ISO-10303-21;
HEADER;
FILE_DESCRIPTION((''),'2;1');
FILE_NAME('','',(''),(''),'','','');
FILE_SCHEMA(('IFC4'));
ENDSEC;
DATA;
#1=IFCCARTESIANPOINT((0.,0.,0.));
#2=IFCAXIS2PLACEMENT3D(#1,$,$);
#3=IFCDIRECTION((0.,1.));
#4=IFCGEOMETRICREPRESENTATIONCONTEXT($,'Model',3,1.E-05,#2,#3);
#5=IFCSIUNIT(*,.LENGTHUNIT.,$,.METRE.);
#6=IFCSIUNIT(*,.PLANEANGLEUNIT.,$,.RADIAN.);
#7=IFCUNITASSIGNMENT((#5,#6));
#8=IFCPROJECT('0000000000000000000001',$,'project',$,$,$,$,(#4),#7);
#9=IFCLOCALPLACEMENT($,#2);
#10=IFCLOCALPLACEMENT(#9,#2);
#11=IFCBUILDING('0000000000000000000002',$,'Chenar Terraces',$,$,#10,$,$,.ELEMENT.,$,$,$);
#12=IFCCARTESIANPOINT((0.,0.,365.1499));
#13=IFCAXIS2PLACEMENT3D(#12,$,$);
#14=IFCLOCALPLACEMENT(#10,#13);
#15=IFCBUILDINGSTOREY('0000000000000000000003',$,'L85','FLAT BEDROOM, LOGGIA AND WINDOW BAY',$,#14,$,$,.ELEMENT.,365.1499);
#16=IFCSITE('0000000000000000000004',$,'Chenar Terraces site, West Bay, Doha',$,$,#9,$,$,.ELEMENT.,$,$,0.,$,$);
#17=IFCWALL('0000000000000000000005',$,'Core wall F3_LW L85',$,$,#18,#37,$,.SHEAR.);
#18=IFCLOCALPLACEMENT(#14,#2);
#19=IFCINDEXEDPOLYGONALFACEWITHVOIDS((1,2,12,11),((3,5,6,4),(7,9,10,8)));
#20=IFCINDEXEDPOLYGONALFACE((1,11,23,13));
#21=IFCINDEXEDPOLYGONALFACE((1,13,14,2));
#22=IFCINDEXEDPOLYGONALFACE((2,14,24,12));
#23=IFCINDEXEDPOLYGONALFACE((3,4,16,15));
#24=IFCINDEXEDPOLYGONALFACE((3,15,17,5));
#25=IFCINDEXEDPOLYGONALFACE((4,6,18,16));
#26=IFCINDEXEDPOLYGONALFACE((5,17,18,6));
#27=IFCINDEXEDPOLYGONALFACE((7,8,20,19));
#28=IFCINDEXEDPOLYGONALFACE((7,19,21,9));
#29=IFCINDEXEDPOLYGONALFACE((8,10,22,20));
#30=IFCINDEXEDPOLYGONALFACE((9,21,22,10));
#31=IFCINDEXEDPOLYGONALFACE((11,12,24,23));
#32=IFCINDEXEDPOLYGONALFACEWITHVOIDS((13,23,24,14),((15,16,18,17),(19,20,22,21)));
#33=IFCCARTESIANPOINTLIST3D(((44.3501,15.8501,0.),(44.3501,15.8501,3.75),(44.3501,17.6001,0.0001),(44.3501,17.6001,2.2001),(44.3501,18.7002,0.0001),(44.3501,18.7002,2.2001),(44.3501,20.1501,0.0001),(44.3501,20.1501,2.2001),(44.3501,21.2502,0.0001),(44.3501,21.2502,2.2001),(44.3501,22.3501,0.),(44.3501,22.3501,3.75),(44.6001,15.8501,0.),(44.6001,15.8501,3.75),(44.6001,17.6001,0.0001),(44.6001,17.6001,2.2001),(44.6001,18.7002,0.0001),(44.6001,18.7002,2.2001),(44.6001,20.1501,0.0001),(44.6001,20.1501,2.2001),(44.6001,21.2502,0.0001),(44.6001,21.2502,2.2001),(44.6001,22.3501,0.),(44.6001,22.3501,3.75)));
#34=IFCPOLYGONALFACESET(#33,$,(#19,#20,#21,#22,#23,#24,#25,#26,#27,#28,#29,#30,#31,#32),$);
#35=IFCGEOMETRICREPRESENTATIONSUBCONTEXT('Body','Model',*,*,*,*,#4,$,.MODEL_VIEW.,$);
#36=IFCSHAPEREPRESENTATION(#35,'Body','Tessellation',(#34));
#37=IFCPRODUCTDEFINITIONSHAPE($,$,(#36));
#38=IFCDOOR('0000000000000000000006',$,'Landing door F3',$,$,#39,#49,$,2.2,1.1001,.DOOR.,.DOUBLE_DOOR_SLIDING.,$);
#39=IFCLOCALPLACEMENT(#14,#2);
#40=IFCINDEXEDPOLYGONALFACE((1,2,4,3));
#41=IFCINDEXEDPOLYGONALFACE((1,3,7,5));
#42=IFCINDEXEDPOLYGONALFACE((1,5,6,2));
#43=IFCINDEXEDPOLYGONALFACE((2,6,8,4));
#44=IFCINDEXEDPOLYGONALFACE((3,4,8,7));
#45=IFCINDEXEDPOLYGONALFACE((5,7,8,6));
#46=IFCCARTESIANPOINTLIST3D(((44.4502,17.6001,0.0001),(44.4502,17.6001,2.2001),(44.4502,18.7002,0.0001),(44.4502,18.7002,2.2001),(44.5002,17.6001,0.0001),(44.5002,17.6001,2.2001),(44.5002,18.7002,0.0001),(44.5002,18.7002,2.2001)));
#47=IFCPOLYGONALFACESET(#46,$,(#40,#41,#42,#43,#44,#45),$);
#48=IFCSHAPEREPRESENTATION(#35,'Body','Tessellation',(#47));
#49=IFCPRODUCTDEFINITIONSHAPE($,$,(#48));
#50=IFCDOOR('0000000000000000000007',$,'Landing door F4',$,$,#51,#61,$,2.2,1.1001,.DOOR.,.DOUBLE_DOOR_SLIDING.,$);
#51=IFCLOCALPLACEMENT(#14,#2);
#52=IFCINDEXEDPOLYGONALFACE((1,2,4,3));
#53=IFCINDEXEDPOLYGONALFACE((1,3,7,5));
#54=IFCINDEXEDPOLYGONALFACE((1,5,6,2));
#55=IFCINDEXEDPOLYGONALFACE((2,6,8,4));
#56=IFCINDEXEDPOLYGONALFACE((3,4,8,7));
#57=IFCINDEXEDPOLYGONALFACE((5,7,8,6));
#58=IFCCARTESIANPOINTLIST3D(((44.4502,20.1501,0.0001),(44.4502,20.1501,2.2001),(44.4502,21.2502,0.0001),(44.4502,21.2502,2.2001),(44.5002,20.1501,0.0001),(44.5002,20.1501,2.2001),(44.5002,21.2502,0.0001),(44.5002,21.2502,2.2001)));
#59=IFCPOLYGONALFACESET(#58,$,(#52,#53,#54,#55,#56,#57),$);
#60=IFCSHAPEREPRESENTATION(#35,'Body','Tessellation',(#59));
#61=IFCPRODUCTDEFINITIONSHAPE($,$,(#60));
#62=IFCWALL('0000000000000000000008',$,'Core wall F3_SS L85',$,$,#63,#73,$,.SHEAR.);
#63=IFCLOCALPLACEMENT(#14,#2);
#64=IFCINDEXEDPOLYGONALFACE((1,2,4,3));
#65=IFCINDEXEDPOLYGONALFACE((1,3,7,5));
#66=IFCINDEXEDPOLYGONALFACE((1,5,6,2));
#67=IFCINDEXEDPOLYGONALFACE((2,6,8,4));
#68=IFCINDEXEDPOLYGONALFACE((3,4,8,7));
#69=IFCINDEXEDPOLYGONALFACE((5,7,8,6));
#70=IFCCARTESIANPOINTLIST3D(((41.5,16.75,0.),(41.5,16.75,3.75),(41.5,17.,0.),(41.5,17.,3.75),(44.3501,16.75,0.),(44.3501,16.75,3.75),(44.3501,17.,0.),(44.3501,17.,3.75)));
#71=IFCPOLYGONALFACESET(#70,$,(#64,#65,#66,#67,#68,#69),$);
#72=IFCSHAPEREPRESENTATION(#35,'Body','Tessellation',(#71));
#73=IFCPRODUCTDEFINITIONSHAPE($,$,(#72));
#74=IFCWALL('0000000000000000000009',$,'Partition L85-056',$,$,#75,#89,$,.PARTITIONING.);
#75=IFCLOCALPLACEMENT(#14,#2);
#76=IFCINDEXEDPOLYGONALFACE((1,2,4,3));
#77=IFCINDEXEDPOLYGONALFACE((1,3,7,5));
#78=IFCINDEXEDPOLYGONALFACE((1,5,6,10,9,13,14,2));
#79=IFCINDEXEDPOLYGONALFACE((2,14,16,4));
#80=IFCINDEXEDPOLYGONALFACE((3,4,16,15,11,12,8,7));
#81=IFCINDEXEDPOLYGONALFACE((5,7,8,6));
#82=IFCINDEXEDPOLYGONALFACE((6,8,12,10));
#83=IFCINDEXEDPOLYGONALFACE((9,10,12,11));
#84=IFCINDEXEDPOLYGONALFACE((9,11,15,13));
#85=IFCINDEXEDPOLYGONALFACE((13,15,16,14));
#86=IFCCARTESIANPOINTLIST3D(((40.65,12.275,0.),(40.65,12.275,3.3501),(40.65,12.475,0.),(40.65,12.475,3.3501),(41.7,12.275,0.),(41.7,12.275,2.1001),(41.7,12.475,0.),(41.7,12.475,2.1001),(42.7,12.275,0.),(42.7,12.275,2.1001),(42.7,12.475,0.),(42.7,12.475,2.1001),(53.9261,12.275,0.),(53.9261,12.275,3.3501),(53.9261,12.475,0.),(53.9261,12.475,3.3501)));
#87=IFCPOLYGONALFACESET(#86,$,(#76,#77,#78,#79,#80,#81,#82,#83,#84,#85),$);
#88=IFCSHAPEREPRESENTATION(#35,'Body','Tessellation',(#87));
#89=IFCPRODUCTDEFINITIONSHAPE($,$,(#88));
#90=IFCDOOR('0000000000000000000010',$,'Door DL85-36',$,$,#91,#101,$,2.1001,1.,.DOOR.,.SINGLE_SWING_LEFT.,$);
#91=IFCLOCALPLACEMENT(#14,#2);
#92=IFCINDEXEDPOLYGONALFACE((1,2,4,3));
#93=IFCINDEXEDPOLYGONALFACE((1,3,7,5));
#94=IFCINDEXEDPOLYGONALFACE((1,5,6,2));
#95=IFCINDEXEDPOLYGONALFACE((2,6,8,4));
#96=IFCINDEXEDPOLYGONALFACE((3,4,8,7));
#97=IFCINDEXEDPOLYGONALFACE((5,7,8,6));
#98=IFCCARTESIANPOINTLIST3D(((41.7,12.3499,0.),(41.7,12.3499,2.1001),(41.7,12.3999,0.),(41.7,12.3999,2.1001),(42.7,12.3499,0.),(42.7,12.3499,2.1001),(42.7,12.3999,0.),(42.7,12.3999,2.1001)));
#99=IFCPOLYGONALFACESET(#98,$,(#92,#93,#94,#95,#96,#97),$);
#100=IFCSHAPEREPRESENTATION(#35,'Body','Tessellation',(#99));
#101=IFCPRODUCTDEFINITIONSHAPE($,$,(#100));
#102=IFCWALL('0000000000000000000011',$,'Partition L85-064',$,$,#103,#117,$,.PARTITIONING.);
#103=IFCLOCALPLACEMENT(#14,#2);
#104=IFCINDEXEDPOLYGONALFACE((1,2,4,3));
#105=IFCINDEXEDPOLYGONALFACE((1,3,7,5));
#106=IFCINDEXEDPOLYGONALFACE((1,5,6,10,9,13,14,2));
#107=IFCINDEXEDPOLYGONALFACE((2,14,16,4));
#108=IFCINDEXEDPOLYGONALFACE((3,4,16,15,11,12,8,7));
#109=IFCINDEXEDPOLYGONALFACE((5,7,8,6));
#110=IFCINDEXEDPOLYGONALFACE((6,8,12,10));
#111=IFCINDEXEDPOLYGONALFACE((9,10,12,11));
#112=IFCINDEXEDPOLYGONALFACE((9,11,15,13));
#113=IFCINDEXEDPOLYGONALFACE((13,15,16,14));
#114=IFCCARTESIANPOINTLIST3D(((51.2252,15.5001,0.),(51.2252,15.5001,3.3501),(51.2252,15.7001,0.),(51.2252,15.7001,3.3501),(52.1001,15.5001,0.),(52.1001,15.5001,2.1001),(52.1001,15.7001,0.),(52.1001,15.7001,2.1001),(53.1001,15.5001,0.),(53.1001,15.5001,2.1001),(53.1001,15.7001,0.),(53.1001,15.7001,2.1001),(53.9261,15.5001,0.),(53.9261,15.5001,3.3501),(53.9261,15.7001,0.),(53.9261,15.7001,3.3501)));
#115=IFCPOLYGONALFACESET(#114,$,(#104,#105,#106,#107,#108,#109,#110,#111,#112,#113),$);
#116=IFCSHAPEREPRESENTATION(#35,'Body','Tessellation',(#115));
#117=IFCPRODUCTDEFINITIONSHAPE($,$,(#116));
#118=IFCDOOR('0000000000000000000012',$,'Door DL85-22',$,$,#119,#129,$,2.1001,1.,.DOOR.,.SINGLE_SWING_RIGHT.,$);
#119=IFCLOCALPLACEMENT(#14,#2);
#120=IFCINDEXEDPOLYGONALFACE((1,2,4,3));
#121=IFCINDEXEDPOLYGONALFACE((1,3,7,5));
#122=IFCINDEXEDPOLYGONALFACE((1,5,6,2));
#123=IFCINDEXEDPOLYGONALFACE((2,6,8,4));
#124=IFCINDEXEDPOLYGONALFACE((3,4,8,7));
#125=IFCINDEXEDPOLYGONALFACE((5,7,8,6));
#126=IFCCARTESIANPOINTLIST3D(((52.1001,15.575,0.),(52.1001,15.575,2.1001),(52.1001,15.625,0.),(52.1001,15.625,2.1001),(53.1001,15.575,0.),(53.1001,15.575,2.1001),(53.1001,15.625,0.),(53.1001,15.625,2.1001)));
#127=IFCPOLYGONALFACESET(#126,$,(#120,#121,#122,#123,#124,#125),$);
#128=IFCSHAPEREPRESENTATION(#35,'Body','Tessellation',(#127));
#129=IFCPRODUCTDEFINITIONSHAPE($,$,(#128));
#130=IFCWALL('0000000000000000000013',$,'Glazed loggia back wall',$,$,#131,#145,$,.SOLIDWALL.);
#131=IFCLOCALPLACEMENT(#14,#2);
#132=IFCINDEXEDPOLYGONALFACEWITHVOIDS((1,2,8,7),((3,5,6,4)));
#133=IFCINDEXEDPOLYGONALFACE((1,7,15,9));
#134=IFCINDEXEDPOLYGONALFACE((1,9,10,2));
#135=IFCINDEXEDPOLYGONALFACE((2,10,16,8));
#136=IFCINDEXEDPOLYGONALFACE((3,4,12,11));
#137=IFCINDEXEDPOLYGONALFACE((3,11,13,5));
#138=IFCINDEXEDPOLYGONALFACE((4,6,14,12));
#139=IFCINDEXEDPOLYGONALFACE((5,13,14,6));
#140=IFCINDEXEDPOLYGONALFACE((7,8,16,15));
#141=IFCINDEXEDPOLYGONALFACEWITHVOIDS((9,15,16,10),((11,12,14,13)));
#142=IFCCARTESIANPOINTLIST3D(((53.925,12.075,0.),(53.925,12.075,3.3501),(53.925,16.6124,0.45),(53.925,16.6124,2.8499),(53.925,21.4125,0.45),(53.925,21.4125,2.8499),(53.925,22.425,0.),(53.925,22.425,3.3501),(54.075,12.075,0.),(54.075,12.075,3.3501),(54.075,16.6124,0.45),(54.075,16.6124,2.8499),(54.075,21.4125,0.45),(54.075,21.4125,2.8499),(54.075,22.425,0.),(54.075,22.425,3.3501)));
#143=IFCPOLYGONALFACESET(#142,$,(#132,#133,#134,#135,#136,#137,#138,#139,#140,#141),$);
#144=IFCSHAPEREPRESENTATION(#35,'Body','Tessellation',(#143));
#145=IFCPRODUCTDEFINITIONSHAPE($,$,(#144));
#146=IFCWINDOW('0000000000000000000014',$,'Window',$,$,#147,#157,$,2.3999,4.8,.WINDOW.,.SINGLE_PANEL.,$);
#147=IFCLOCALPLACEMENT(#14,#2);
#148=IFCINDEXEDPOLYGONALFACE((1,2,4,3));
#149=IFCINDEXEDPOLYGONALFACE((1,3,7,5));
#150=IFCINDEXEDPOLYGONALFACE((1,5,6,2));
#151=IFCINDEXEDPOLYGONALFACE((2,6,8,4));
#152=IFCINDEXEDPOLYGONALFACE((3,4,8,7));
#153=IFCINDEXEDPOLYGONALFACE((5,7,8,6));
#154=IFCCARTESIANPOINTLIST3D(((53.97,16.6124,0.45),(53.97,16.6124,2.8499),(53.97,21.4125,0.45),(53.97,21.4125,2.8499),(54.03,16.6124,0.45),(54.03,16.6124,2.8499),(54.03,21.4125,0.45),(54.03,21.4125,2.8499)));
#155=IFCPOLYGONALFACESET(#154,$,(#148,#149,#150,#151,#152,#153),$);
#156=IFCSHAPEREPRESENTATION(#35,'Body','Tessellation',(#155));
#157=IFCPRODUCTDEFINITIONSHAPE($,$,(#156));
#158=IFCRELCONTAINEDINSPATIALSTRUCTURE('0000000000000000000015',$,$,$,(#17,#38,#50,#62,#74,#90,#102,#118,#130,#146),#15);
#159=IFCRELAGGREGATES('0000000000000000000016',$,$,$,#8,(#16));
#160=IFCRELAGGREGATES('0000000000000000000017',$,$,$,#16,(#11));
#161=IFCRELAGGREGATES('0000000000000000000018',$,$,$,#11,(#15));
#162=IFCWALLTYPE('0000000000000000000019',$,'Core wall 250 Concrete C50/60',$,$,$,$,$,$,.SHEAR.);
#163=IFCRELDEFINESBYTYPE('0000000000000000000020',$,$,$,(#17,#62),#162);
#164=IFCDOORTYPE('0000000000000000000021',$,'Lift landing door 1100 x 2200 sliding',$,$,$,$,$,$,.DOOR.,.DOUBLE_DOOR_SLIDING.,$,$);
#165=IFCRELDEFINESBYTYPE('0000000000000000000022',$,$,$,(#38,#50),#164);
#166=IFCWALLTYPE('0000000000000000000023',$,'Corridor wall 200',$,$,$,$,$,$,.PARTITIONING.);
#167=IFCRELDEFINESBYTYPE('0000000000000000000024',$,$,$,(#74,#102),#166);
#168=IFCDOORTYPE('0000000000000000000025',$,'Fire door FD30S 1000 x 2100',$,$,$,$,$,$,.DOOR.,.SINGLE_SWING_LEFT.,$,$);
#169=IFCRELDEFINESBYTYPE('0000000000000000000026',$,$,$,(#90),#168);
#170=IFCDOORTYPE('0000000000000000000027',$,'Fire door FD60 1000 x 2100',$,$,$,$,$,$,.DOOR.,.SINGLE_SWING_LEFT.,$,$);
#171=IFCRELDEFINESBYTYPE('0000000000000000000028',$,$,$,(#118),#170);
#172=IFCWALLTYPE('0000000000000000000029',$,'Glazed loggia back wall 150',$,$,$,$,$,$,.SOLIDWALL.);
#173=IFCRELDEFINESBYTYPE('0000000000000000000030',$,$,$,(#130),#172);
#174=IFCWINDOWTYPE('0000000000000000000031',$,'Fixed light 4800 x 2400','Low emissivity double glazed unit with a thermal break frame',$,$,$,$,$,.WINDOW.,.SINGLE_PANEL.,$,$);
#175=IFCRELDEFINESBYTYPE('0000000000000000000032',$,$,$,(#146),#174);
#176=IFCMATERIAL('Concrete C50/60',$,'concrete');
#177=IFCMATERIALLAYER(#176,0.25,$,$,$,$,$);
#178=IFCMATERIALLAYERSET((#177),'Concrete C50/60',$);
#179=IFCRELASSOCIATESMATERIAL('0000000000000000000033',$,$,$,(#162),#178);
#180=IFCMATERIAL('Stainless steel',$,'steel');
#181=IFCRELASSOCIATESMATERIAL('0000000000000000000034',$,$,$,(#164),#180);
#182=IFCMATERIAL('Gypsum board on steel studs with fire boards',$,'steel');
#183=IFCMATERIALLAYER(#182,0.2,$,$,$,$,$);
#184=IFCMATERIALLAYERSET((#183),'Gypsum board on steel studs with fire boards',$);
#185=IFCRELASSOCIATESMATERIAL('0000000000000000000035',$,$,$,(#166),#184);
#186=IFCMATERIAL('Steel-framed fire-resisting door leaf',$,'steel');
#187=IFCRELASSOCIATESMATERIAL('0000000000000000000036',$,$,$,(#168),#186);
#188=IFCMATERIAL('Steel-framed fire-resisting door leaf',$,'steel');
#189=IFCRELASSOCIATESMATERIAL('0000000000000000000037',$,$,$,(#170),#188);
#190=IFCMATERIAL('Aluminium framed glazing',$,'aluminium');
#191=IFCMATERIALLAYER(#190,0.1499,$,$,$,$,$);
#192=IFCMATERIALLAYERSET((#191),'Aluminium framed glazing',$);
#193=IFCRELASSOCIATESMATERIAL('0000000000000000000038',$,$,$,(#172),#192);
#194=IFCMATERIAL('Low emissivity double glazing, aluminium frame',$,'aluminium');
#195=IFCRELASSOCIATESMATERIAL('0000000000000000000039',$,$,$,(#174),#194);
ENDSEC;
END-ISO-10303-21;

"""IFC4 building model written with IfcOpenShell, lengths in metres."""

from ifc_helpers import new_model, si_unit, direction, frame, frame_2d, origin, place, context, subcontext, project, spatial, rectangle, extrude, material, layer, layer_set, type_object, element, fill, save


model = new_model("IFC4")

# Units and contexts
model_context = context("Model", 3, precision=1e-05, world=origin(), true_north=direction((0.0, 1.0)))
body_context = subcontext(model_context, "Body", "Model", "MODEL_VIEW")
ifc_project = project(units=[si_unit("LENGTHUNIT", "METRE"), si_unit("PLANEANGLEUNIT", "RADIAN")], contexts=[model_context])

# Site, building, storey
site_placement = place(None, origin())
site = spatial("IfcSite", under=ifc_project, at=site_placement, Name="Chenar Terraces site, West Bay, Doha", CompositionType="ELEMENT", RefElevation=0.0)
building_placement = place(site_placement, origin())
building = spatial("IfcBuilding", under=site, at=building_placement, Name="Chenar Terraces", CompositionType="ELEMENT")
storey_placement = place(building_placement, frame((0.0, 0.0, 365.1499)))
storey = spatial("IfcBuildingStorey", under=building, at=storey_placement, Name="L85", Description="FLAT BEDROOM, LOGGIA AND WINDOW BAY", CompositionType="ELEMENT", Elevation=365.1499)

# Shared definitions
ifc_material_1 = material(Name="Concrete C50/60", Category="concrete")
ifc_layer_1 = layer(ifc_material_1, 0.25)
ifc_layer_set_1 = layer_set([ifc_layer_1], Name="Concrete C50/60")
wall_type_1 = type_object("IfcWallType", Name="Core wall 250 Concrete C50/60", PredefinedType="SHEAR", material=ifc_layer_set_1)

# Wall, openings, doors
wall_1_placement = place(storey_placement, frame((44.4751, 15.8501, 0.0), z_axis=(0.0, 0.0, 1.0), x_axis=(0.0, 1.0, 0.0)))
wall_1 = element("IfcWall", 1, at=wall_1_placement, inside=storey, type_object=wall_type_1, Name="Core wall F3_LW L85", PredefinedType="SHEAR", context=body_context, shape_type="SweptSolid", body=[
    extrude(rectangle(XDim=6.5, YDim=0.25, at=frame_2d((3.25, 0.0))), origin(), (0.0, 0.0, 1.0), 3.75),
])
opening_1_placement = place(wall_1_placement, frame((1.75, 0.0, 0.0)))
opening_1 = element("IfcOpeningElement", 2, at=opening_1_placement, cuts=wall_1, PredefinedType="OPENING", context=body_context, shape_type="SweptSolid", body=[
    extrude(rectangle(XDim=1.1001, YDim=2.2, at=frame_2d((0.55, 1.1001))), frame((0.0, 0.135, 0.0), z_axis=(0.0, -1.0, 0.0), x_axis=(1.0, 0.0, 0.0)), (0.0, 0.0, 1.0), 0.27),
])
opening_2_placement = place(wall_1_placement, frame((4.3, 0.0, 0.0)))
opening_2 = element("IfcOpeningElement", 3, at=opening_2_placement, cuts=wall_1, PredefinedType="OPENING", context=body_context, shape_type="SweptSolid", body=[
    extrude(rectangle(XDim=1.1001, YDim=2.2, at=frame_2d((0.55, 1.1001))), frame((0.0, 0.135, 0.0), z_axis=(0.0, -1.0, 0.0), x_axis=(1.0, 0.0, 0.0)), (0.0, 0.0, 1.0), 0.27),
])
ifc_material_2 = material(Name="Stainless steel", Category="steel")
door_type_1 = type_object("IfcDoorType", Name="Lift landing door 1100 x 2200 sliding", OperationType="DOUBLE_DOOR_SLIDING", PredefinedType="DOOR", material=ifc_material_2)
door_1_placement = place(opening_1_placement, origin())
door_1 = element("IfcDoor", 4, at=door_1_placement, inside=storey, type_object=door_type_1, Name="Landing door F3", OperationType="DOUBLE_DOOR_SLIDING", OverallHeight=2.2, OverallWidth=1.1001, PredefinedType="DOOR", context=body_context, shape_type="SweptSolid", body=[
    extrude(rectangle(XDim=1.1001, YDim=2.2, at=frame_2d((0.55, 1.1001))), frame((0.0, 0.0249, 0.0), z_axis=(0.0, -1.0, 0.0), x_axis=(1.0, 0.0, 0.0)), (0.0, 0.0, 1.0), 0.05),
])
fill(opening_1, door_1)
door_2_placement = place(opening_2_placement, origin())
door_2 = element("IfcDoor", 5, at=door_2_placement, inside=storey, type_object=door_type_1, Name="Landing door F4", OperationType="DOUBLE_DOOR_SLIDING", OverallHeight=2.2, OverallWidth=1.1001, PredefinedType="DOOR", context=body_context, shape_type="SweptSolid", body=[
    extrude(rectangle(XDim=1.1001, YDim=2.2, at=frame_2d((0.55, 1.1001))), frame((0.0, 0.0249, 0.0), z_axis=(0.0, -1.0, 0.0), x_axis=(1.0, 0.0, 0.0)), (0.0, 0.0, 1.0), 0.05),
])
fill(opening_2, door_2)

# Wall
wall_2_placement = place(storey_placement, frame((41.5, 16.875, 0.0), z_axis=(0.0, 0.0, 1.0), x_axis=(1.0, 0.0, 0.0)))
element("IfcWall", 6, at=wall_2_placement, inside=storey, type_object=wall_type_1, Name="Core wall F3_SS L85", PredefinedType="SHEAR", context=body_context, shape_type="SweptSolid", body=[
    extrude(rectangle(XDim=2.8501, YDim=0.25, at=frame_2d((1.425, 0.0))), origin(), (0.0, 0.0, 1.0), 3.75),
])

# Walls, openings, doors
ifc_material_3 = material(Name="Gypsum board on steel studs with fire boards", Category="steel")
ifc_layer_2 = layer(ifc_material_3, 0.2)
ifc_layer_set_2 = layer_set([ifc_layer_2], Name="Gypsum board on steel studs with fire boards")
wall_type_2 = type_object("IfcWallType", Name="Corridor wall 200", PredefinedType="PARTITIONING", material=ifc_layer_set_2)
wall_3_placement = place(storey_placement, frame((40.6499, 12.375, 0.0), z_axis=(0.0, 0.0, 1.0), x_axis=(1.0, 0.0, 0.0)))
wall_3 = element("IfcWall", 7, at=wall_3_placement, inside=storey, type_object=wall_type_2, Name="Partition L85-056", PredefinedType="PARTITIONING", context=body_context, shape_type="SweptSolid", body=[
    extrude(rectangle(XDim=13.2761, YDim=0.2, at=frame_2d((6.6382, 0.0))), origin(), (0.0, 0.0, 1.0), 3.3501),
])
opening_3_placement = place(wall_3_placement, frame((1.05, 0.0, 0.0)))
opening_3 = element("IfcOpeningElement", 8, at=opening_3_placement, cuts=wall_3, PredefinedType="OPENING", context=body_context, shape_type="SweptSolid", body=[
    extrude(rectangle(XDim=1.0, YDim=2.1001, at=frame_2d((0.5, 1.05))), frame((0.0, 0.1099, 0.0), z_axis=(0.0, -1.0, 0.0), x_axis=(1.0, 0.0, 0.0)), (0.0, 0.0, 1.0), 0.22),
])
ifc_material_4 = material(Name="Steel-framed fire-resisting door leaf", Category="steel")
door_type_2 = type_object("IfcDoorType", Name="Fire door FD30S 1000 x 2100", OperationType="SINGLE_SWING_LEFT", PredefinedType="DOOR", material=ifc_material_4)
door_3_placement = place(opening_3_placement, origin())
door_3 = element("IfcDoor", 9, at=door_3_placement, inside=storey, type_object=door_type_2, Name="Door DL85-36", OperationType="SINGLE_SWING_LEFT", OverallHeight=2.1001, OverallWidth=1.0, PredefinedType="DOOR", context=body_context, shape_type="SweptSolid", body=[
    extrude(rectangle(XDim=1.0, YDim=2.1001, at=frame_2d((0.5, 1.05))), frame((0.0, 0.0249, 0.0), z_axis=(0.0, -1.0, 0.0), x_axis=(1.0, 0.0, 0.0)), (0.0, 0.0, 1.0), 0.05),
])
fill(opening_3, door_3)
wall_4_placement = place(storey_placement, frame((51.2251, 15.6001, 0.0), z_axis=(0.0, 0.0, 1.0), x_axis=(1.0, 0.0, 0.0)))
wall_4 = element("IfcWall", 10, at=wall_4_placement, inside=storey, type_object=wall_type_2, Name="Partition L85-064", PredefinedType="PARTITIONING", context=body_context, shape_type="SweptSolid", body=[
    extrude(rectangle(XDim=2.7009, YDim=0.2, at=frame_2d((1.3506, 0.0))), origin(), (0.0, 0.0, 1.0), 3.3501),
])
opening_4_placement = place(wall_4_placement, frame((0.875, 0.0, 0.0)))
opening_4 = element("IfcOpeningElement", 11, at=opening_4_placement, cuts=wall_4, PredefinedType="OPENING", context=body_context, shape_type="SweptSolid", body=[
    extrude(rectangle(XDim=1.0, YDim=2.1001, at=frame_2d((0.5, 1.05))), frame((0.0, 0.1099, 0.0), z_axis=(0.0, -1.0, 0.0), x_axis=(1.0, 0.0, 0.0)), (0.0, 0.0, 1.0), 0.22),
])
ifc_material_5 = material(Name="Steel-framed fire-resisting door leaf", Category="steel")
door_type_3 = type_object("IfcDoorType", Name="Fire door FD60 1000 x 2100", OperationType="SINGLE_SWING_LEFT", PredefinedType="DOOR", material=ifc_material_5)
door_4_placement = place(opening_4_placement, origin())
door_4 = element("IfcDoor", 12, at=door_4_placement, inside=storey, type_object=door_type_3, Name="Door DL85-22", OperationType="SINGLE_SWING_RIGHT", OverallHeight=2.1001, OverallWidth=1.0, PredefinedType="DOOR", context=body_context, shape_type="SweptSolid", body=[
    extrude(rectangle(XDim=1.0, YDim=2.1001, at=frame_2d((0.5, 1.05))), frame((0.0, 0.0249, 0.0), z_axis=(0.0, -1.0, 0.0), x_axis=(1.0, 0.0, 0.0)), (0.0, 0.0, 1.0), 0.05),
])
fill(opening_4, door_4)

# Wall, opening, window
ifc_material_6 = material(Name="Aluminium framed glazing", Category="aluminium")
ifc_layer_3 = layer(ifc_material_6, 0.1499)
ifc_layer_set_3 = layer_set([ifc_layer_3], Name="Aluminium framed glazing")
wall_type_3 = type_object("IfcWallType", Name="Glazed loggia back wall 150", PredefinedType="SOLIDWALL", material=ifc_layer_set_3)
wall_5_placement = place(storey_placement, frame((54.0, 12.075, 0.0), z_axis=(0.0, 0.0, 1.0), x_axis=(0.0, 1.0, 0.0)))
wall_5 = element("IfcWall", 13, at=wall_5_placement, inside=storey, type_object=wall_type_3, Name="Glazed loggia back wall", PredefinedType="SOLIDWALL", context=body_context, shape_type="SweptSolid", body=[
    extrude(rectangle(XDim=10.3501, YDim=0.1499, at=frame_2d((5.175, 0.0))), origin(), (0.0, 0.0, 1.0), 3.3501),
])
opening_5_placement = place(wall_5_placement, frame((4.5376, 0.0, 0.45)))
opening_5 = element("IfcOpeningElement", 14, at=opening_5_placement, cuts=wall_5, PredefinedType="OPENING", context=body_context, shape_type="SweptSolid", body=[
    extrude(rectangle(XDim=4.8, YDim=2.3999, at=frame_2d((2.3999, 1.2))), frame((0.0, 0.085, 0.0), z_axis=(0.0, -1.0, 0.0), x_axis=(1.0, 0.0, 0.0)), (0.0, 0.0, 1.0), 0.1699),
])
ifc_material_7 = material(Name="Low emissivity double glazing, aluminium frame", Category="aluminium")
window_type = type_object("IfcWindowType", Name="Fixed light 4800 x 2400", Description="Low emissivity double glazed unit with a thermal break frame", PartitioningType="SINGLE_PANEL", PredefinedType="WINDOW", material=ifc_material_7)
window_placement = place(opening_5_placement, origin())
window = element("IfcWindow", 15, at=window_placement, inside=storey, type_object=window_type, Name="Window", OverallHeight=2.3999, OverallWidth=4.8, PartitioningType="SINGLE_PANEL", PredefinedType="WINDOW", context=body_context, shape_type="SweptSolid", body=[
    extrude(rectangle(XDim=4.8, YDim=2.3999, at=frame_2d((2.3999, 1.2))), frame((0.0, 0.03, 0.0), z_axis=(0.0, -1.0, 0.0), x_axis=(1.0, 0.0, 0.0)), (0.0, 0.0, 1.0), 0.0601),
])
fill(opening_5, window)

save(model, "model.ifc")
